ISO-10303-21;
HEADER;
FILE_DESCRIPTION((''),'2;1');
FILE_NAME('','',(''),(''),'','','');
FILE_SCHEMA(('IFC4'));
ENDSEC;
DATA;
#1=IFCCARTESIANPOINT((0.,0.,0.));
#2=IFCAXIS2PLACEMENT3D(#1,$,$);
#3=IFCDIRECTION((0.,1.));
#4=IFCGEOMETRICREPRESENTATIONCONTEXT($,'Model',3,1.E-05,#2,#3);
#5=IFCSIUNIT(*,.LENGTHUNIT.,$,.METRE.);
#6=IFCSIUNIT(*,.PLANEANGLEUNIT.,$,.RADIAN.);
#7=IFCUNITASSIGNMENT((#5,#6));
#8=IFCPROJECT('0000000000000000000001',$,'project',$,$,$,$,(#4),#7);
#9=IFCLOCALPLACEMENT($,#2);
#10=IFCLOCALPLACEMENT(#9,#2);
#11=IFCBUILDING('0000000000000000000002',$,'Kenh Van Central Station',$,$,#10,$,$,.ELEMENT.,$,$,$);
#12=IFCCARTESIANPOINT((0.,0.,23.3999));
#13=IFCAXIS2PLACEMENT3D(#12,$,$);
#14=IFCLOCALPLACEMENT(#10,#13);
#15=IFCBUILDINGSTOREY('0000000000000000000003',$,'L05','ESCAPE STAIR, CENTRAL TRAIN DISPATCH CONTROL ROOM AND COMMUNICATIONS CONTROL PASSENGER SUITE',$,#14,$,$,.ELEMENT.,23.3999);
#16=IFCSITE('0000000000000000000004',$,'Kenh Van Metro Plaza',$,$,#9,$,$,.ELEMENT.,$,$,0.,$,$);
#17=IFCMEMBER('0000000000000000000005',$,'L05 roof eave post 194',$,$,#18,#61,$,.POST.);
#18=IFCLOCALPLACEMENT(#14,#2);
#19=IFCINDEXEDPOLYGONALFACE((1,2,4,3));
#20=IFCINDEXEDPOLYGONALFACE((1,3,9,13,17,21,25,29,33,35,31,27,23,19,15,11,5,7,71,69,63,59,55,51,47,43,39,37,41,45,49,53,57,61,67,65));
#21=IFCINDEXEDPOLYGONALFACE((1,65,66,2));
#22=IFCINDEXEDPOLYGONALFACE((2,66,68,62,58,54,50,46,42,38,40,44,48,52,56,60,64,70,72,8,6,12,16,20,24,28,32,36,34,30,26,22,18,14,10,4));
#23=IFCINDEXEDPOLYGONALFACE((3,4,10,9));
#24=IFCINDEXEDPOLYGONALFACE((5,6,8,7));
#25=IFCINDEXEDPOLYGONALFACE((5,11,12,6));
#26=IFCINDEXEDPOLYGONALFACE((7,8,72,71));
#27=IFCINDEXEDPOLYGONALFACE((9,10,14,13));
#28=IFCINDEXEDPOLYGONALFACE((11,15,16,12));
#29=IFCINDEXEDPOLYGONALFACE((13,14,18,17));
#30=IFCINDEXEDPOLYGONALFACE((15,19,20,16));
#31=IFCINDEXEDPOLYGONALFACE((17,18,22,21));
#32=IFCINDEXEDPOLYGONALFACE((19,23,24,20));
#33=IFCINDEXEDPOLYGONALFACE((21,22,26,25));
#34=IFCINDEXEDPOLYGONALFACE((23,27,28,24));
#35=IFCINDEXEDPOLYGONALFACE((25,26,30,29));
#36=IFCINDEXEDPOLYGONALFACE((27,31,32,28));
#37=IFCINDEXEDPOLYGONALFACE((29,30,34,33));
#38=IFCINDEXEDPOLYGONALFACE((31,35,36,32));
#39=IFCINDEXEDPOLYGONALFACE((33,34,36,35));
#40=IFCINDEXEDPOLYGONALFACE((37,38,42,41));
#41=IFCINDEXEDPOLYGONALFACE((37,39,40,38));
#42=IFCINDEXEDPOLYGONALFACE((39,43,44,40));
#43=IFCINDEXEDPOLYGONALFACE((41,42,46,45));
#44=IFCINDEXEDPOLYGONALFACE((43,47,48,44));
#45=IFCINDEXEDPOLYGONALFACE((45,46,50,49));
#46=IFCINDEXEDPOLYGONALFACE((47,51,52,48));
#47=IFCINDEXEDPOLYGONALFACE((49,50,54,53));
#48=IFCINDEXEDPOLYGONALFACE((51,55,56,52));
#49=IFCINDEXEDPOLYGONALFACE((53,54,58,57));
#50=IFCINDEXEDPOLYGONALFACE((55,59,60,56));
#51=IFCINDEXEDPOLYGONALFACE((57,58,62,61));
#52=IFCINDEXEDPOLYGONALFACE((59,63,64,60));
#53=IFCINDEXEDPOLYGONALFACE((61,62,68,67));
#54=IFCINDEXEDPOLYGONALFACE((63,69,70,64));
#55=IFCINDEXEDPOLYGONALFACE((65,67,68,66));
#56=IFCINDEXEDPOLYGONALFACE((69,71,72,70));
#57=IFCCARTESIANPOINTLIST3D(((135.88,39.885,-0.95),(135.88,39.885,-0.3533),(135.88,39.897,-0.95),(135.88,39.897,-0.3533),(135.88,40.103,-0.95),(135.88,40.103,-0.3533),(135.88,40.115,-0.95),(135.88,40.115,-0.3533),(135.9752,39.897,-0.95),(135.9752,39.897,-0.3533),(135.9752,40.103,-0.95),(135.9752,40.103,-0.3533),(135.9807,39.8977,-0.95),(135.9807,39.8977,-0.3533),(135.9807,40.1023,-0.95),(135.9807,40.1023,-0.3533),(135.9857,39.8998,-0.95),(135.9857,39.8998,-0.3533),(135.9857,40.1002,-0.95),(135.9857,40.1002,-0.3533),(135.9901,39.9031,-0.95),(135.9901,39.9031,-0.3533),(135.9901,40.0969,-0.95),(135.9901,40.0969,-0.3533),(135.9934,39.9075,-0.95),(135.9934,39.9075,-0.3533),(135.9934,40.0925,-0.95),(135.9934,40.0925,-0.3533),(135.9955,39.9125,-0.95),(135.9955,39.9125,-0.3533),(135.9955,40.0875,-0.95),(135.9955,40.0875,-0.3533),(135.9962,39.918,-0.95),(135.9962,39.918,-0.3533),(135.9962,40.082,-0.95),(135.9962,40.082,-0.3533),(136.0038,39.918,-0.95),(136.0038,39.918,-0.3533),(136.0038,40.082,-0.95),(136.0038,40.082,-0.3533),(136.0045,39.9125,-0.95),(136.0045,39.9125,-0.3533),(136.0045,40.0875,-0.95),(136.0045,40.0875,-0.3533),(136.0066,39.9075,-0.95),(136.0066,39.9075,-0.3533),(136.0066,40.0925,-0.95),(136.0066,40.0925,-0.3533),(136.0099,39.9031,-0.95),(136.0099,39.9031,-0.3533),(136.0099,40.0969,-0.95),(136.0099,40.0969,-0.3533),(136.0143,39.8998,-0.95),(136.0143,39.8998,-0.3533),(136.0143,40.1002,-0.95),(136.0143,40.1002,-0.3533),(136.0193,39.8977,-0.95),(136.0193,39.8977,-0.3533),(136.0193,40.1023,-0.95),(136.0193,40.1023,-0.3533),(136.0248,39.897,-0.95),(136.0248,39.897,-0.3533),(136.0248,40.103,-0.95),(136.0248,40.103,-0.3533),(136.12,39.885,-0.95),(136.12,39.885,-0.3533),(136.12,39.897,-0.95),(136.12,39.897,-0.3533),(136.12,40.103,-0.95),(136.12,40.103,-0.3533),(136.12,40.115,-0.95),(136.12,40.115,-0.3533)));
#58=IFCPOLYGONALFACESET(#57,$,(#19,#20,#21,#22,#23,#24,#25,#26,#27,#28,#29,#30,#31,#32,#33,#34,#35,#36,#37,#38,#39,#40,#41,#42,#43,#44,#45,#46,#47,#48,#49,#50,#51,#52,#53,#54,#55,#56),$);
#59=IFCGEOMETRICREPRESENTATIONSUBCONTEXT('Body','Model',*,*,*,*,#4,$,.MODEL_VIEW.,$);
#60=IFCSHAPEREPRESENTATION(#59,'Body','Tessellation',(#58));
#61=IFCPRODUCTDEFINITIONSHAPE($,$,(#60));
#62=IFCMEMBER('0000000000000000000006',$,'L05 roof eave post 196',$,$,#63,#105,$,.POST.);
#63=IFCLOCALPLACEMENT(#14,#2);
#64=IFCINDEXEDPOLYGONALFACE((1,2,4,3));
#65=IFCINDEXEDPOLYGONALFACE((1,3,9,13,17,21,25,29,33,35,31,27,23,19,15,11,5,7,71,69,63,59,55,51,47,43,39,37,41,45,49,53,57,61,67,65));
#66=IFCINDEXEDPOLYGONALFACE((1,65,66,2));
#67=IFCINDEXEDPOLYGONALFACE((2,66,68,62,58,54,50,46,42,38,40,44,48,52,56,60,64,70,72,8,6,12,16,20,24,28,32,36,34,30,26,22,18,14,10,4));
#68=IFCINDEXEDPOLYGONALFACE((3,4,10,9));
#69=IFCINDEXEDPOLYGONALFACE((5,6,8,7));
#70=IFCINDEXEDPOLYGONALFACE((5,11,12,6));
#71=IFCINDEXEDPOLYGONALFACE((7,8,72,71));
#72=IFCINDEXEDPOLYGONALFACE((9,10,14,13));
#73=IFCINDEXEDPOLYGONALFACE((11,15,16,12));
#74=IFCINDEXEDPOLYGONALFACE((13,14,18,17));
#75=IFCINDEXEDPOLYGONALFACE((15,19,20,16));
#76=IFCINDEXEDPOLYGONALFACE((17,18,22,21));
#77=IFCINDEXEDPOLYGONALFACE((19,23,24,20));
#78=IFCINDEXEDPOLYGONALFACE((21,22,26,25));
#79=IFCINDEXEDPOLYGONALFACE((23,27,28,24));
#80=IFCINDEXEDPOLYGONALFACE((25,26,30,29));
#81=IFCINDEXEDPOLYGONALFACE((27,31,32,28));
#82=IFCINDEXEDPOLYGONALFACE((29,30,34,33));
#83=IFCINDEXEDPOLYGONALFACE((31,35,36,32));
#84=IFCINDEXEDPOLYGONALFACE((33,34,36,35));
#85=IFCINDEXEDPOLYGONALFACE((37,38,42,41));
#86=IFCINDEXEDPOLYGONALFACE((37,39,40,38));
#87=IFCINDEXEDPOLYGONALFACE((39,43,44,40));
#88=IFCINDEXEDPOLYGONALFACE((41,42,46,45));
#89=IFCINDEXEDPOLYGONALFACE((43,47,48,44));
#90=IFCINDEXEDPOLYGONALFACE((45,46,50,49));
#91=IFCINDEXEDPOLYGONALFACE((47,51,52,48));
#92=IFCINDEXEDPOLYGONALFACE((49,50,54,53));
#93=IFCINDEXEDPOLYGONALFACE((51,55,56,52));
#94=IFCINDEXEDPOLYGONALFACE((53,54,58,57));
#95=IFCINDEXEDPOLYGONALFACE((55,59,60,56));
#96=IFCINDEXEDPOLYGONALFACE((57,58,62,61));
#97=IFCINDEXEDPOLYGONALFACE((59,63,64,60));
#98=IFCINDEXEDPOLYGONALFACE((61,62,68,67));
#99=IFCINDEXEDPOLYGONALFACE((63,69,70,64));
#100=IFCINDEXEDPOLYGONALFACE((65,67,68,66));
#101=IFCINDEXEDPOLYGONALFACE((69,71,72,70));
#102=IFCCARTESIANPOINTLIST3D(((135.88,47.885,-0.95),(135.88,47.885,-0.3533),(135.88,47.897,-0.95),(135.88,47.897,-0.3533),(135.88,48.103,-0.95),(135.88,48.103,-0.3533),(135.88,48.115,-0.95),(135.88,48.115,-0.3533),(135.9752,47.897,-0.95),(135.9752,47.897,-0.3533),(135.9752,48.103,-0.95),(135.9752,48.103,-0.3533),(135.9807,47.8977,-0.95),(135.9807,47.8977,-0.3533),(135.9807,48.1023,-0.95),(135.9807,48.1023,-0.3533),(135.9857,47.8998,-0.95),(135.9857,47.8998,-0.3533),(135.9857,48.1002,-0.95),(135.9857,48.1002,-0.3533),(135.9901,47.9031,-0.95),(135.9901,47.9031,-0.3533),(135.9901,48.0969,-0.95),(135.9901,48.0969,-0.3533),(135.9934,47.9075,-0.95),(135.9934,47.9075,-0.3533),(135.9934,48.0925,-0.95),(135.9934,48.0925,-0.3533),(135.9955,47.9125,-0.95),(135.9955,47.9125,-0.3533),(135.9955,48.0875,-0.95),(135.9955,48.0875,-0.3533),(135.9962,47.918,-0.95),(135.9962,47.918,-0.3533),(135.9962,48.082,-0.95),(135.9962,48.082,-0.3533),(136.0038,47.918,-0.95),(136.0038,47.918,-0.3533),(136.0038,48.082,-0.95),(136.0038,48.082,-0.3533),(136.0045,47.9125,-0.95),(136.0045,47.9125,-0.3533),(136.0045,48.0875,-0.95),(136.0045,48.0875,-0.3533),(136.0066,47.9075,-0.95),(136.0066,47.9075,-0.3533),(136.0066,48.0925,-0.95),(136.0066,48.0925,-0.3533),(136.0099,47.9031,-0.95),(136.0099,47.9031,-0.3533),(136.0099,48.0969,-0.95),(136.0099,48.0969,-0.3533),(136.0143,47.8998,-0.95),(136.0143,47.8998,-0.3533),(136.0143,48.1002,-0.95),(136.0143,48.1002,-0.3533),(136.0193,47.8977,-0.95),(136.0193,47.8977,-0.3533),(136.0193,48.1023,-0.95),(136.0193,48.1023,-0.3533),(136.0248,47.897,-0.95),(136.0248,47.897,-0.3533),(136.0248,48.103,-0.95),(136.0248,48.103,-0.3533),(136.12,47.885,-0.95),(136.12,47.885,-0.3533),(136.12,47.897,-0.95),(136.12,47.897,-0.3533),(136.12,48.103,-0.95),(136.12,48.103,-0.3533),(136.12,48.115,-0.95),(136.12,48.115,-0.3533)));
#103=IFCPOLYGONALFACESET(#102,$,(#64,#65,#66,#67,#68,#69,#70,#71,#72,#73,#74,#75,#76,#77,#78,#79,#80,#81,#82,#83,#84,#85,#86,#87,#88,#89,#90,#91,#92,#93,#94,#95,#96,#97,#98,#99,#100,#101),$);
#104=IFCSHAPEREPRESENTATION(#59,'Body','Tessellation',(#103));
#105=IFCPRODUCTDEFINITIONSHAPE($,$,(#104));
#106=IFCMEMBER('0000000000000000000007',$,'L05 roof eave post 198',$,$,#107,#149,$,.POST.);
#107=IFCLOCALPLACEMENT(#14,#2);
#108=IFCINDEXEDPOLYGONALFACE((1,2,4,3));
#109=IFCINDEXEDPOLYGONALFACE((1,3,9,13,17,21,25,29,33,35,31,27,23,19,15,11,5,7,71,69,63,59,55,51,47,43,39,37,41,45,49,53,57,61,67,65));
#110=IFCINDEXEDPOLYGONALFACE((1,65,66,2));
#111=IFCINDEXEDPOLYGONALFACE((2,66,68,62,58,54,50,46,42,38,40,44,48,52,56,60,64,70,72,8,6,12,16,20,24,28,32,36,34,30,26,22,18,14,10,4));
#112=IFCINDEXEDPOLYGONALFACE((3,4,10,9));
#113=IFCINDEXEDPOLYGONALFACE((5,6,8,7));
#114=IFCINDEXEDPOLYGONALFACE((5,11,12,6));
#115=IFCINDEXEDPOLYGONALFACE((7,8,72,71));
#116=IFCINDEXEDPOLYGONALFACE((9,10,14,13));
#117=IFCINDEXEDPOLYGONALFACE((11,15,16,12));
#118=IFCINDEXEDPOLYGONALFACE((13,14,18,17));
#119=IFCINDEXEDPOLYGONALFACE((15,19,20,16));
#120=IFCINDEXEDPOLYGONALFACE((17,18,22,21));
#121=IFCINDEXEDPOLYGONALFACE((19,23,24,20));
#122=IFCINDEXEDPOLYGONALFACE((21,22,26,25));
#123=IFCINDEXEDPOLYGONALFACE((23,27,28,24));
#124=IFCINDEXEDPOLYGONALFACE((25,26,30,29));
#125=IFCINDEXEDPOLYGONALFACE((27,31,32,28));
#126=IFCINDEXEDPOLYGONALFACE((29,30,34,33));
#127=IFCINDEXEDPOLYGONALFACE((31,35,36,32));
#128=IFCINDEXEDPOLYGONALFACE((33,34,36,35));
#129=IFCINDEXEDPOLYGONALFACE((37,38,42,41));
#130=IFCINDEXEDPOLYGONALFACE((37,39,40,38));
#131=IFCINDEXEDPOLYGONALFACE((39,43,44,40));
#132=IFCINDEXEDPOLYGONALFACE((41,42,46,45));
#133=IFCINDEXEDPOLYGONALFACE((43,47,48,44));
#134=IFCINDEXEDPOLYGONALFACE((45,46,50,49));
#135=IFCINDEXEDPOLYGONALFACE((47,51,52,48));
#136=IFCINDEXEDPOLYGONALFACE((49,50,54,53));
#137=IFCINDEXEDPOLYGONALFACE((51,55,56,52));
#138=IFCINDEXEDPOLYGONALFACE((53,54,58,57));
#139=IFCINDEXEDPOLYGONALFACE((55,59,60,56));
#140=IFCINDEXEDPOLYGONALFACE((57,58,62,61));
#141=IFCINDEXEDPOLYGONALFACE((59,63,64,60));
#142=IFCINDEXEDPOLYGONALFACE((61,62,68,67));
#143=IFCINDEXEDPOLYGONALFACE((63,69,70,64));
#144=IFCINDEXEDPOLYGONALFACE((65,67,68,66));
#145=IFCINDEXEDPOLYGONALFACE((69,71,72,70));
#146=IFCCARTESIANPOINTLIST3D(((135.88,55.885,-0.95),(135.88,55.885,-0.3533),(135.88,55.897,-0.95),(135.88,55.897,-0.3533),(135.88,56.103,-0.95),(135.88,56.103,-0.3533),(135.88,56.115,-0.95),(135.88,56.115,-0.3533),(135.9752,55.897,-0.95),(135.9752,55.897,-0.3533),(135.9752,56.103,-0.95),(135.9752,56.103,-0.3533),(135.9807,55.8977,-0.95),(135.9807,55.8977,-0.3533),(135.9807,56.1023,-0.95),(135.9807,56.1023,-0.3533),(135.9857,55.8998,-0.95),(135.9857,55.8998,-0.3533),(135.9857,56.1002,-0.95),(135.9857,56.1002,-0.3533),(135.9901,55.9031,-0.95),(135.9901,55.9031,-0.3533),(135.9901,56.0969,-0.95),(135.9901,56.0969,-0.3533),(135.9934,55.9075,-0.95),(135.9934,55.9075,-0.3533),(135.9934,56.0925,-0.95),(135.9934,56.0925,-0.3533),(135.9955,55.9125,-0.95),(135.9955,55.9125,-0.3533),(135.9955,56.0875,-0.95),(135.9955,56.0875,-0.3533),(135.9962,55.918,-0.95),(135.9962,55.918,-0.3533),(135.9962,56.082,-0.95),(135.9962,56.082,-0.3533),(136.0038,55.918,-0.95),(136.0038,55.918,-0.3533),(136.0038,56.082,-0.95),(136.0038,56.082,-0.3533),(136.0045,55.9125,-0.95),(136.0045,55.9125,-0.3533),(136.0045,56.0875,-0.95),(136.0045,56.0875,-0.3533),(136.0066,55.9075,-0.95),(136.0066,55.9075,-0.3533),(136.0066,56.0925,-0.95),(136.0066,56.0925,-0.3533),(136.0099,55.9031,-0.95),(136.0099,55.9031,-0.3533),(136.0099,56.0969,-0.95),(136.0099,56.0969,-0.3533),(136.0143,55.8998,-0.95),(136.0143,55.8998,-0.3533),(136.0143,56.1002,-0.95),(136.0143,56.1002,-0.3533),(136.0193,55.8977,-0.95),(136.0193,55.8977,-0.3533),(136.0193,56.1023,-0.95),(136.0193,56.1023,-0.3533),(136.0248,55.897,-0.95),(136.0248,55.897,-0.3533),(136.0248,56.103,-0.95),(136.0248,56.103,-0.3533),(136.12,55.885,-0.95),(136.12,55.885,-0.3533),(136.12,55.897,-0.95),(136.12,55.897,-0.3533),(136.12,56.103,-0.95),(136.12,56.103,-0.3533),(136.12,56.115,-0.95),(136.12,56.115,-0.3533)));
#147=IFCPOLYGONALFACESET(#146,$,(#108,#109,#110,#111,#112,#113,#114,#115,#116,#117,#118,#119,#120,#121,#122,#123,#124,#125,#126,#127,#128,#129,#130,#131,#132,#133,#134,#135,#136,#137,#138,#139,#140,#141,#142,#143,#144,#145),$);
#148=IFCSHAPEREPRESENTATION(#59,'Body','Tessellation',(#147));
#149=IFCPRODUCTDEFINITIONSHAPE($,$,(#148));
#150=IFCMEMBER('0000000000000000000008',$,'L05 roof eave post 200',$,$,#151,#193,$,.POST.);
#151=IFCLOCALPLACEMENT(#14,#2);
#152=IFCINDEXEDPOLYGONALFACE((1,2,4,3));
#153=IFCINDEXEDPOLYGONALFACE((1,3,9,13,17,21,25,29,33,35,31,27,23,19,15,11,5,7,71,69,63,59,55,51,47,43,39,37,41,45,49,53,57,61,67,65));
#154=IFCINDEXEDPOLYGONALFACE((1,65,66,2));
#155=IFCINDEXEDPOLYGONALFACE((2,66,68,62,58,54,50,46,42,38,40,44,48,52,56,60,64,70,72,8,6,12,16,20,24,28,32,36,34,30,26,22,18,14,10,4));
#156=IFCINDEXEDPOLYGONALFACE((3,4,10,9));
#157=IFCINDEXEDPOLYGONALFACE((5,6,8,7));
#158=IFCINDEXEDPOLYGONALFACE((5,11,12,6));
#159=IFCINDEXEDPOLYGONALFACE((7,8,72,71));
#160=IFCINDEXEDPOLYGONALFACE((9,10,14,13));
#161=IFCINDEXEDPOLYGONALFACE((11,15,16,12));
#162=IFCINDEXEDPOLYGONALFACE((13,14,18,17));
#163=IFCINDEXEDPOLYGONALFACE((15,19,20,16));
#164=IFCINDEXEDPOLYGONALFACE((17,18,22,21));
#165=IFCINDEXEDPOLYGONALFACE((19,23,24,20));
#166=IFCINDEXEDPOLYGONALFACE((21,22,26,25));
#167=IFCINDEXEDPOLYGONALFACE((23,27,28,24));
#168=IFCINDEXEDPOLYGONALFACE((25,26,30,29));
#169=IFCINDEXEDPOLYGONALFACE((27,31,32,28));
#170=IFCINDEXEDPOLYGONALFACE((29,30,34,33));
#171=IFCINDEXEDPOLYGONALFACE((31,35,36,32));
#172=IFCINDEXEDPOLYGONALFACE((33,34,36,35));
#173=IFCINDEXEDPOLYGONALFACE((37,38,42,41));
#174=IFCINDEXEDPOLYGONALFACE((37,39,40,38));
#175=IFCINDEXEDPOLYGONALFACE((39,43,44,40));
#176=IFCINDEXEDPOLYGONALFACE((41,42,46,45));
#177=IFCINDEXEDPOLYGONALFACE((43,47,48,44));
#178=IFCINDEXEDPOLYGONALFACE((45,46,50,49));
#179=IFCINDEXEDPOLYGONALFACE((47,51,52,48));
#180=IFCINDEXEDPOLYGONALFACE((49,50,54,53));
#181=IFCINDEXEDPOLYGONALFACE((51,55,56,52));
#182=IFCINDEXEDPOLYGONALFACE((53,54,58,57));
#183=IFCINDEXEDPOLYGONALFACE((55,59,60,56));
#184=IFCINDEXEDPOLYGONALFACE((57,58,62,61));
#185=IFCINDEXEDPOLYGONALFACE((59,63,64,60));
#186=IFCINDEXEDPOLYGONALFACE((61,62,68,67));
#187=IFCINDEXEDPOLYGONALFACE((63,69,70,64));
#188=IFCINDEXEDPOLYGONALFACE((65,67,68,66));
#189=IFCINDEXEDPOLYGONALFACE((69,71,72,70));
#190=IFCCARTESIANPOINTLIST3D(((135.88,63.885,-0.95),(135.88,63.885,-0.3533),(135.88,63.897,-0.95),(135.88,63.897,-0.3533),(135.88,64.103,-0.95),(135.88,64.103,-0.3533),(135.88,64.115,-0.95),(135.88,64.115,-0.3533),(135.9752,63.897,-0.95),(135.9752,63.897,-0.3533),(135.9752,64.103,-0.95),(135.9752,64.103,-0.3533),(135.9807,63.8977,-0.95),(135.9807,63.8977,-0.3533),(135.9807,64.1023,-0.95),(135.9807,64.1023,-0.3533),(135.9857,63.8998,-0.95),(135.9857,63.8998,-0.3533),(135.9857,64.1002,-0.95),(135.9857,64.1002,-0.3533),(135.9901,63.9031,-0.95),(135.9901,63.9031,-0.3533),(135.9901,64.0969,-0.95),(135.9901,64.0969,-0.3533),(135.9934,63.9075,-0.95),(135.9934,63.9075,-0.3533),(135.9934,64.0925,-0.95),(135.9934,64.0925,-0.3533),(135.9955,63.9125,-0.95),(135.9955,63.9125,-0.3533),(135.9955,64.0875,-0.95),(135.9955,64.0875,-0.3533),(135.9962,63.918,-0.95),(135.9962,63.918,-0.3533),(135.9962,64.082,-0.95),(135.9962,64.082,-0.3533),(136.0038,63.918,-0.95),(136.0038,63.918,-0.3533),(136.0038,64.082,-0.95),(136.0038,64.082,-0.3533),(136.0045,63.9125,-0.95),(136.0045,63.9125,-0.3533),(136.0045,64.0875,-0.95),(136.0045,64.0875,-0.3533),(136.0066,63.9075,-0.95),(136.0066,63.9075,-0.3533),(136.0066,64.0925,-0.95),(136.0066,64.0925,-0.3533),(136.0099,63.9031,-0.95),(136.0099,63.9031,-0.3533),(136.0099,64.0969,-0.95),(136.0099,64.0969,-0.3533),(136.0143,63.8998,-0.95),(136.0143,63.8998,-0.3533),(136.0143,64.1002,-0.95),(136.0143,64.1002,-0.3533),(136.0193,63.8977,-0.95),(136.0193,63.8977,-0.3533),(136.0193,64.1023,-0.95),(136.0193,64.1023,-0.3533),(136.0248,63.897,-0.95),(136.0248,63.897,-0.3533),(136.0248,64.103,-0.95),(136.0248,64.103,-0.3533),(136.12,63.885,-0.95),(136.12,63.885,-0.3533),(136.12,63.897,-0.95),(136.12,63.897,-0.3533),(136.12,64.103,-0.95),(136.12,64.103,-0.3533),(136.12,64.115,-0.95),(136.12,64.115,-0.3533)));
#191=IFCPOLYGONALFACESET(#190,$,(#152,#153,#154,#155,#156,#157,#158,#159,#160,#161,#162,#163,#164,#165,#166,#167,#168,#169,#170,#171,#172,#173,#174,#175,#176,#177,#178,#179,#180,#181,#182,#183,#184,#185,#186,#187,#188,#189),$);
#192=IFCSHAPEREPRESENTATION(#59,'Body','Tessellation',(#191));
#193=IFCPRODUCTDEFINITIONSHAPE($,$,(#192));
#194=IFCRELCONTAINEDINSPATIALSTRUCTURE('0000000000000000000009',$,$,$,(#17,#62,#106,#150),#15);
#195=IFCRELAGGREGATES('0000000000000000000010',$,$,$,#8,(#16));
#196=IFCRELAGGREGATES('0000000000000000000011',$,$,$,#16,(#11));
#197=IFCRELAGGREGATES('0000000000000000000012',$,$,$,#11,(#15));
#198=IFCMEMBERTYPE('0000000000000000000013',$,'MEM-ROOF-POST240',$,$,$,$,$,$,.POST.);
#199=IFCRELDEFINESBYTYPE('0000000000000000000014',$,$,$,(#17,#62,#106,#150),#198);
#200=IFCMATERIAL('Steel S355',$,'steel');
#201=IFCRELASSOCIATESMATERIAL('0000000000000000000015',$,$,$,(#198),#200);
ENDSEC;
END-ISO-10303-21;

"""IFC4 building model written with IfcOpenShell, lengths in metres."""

from ifc_helpers import new_model, si_unit, direction, frame, origin, origin_2d, place, context, subcontext, project, spatial, i_section, extrude, material, material_profile, profile_set, type_object, element, save


model = new_model("IFC4")

# Units and contexts
model_context = context("Model", 3, precision=1e-05, world=origin(), true_north=direction((0.0, 1.0)))
body_context = subcontext(model_context, "Body", "Model", "MODEL_VIEW")
ifc_project = project(units=[si_unit("LENGTHUNIT", "METRE"), si_unit("PLANEANGLEUNIT", "RADIAN")], contexts=[model_context])

# Site, building, storey
site_placement = place(None, origin())
site = spatial("IfcSite", under=ifc_project, at=site_placement, Name="Kenh Van Metro Plaza", CompositionType="ELEMENT", RefElevation=0.0)
building_placement = place(site_placement, origin())
building = spatial("IfcBuilding", under=site, at=building_placement, Name="Kenh Van Central Station", CompositionType="ELEMENT")
storey_placement = place(building_placement, frame((0.0, 0.0, 23.3999)))
storey = spatial("IfcBuildingStorey", under=building, at=storey_placement, Name="L05", Description="ESCAPE STAIR, CENTRAL TRAIN DISPATCH CONTROL ROOM AND COMMUNICATIONS CONTROL PASSENGER SUITE", CompositionType="ELEMENT", Elevation=23.3999)

# Shared definitions
ifc_material_1 = material(Name="Steel S355", Category="steel")

# Members
ifc_material_profile_1 = material_profile(ifc_material_1, i_section(OverallWidth=0.24, OverallDepth=0.23, WebThickness=0.0076, FlangeThickness=0.012, FilletRadius=0.021, at=origin_2d()), Name="HEA 240")
ifc_profile_set_1 = profile_set([ifc_material_profile_1], Name="Steel S355")
member_type_1 = type_object("IfcMemberType", Name="MEM-ROOF-POST240", PredefinedType="POST", material=ifc_profile_set_1)
for number, where, z_axis, x_axis, name in (
    (1, (136.0, 40.0, -0.95), (0.0, 0.0, 1.0), (1.0, 0.0, 0.0), "L05 roof eave post 194"),
    (2, (136.0, 48.0, -0.95), (0.0, 0.0, 1.0), (1.0, 0.0, 0.0), "L05 roof eave post 196"),
    (3, (136.0, 56.0, -0.95), (0.0, 0.0, 1.0), (1.0, 0.0, 0.0), "L05 roof eave post 198"),
    (4, (136.0, 64.0, -0.95), (0.0, 0.0, 1.0), (1.0, 0.0, 0.0), "L05 roof eave post 200"),
):
    element("IfcMember", number, at=place(storey_placement, frame(where, z_axis=z_axis, x_axis=x_axis)), inside=storey, type_object=member_type_1, Name=name, PredefinedType="POST", context=body_context, shape_type="SweptSolid", body=[
        extrude(i_section(OverallWidth=0.24, OverallDepth=0.23, WebThickness=0.0076, FlangeThickness=0.012, FilletRadius=0.021, at=origin_2d()), origin(), (0.0, 0.0, 1.0), 0.5967),
    ])

save(model, "model.ifc")
